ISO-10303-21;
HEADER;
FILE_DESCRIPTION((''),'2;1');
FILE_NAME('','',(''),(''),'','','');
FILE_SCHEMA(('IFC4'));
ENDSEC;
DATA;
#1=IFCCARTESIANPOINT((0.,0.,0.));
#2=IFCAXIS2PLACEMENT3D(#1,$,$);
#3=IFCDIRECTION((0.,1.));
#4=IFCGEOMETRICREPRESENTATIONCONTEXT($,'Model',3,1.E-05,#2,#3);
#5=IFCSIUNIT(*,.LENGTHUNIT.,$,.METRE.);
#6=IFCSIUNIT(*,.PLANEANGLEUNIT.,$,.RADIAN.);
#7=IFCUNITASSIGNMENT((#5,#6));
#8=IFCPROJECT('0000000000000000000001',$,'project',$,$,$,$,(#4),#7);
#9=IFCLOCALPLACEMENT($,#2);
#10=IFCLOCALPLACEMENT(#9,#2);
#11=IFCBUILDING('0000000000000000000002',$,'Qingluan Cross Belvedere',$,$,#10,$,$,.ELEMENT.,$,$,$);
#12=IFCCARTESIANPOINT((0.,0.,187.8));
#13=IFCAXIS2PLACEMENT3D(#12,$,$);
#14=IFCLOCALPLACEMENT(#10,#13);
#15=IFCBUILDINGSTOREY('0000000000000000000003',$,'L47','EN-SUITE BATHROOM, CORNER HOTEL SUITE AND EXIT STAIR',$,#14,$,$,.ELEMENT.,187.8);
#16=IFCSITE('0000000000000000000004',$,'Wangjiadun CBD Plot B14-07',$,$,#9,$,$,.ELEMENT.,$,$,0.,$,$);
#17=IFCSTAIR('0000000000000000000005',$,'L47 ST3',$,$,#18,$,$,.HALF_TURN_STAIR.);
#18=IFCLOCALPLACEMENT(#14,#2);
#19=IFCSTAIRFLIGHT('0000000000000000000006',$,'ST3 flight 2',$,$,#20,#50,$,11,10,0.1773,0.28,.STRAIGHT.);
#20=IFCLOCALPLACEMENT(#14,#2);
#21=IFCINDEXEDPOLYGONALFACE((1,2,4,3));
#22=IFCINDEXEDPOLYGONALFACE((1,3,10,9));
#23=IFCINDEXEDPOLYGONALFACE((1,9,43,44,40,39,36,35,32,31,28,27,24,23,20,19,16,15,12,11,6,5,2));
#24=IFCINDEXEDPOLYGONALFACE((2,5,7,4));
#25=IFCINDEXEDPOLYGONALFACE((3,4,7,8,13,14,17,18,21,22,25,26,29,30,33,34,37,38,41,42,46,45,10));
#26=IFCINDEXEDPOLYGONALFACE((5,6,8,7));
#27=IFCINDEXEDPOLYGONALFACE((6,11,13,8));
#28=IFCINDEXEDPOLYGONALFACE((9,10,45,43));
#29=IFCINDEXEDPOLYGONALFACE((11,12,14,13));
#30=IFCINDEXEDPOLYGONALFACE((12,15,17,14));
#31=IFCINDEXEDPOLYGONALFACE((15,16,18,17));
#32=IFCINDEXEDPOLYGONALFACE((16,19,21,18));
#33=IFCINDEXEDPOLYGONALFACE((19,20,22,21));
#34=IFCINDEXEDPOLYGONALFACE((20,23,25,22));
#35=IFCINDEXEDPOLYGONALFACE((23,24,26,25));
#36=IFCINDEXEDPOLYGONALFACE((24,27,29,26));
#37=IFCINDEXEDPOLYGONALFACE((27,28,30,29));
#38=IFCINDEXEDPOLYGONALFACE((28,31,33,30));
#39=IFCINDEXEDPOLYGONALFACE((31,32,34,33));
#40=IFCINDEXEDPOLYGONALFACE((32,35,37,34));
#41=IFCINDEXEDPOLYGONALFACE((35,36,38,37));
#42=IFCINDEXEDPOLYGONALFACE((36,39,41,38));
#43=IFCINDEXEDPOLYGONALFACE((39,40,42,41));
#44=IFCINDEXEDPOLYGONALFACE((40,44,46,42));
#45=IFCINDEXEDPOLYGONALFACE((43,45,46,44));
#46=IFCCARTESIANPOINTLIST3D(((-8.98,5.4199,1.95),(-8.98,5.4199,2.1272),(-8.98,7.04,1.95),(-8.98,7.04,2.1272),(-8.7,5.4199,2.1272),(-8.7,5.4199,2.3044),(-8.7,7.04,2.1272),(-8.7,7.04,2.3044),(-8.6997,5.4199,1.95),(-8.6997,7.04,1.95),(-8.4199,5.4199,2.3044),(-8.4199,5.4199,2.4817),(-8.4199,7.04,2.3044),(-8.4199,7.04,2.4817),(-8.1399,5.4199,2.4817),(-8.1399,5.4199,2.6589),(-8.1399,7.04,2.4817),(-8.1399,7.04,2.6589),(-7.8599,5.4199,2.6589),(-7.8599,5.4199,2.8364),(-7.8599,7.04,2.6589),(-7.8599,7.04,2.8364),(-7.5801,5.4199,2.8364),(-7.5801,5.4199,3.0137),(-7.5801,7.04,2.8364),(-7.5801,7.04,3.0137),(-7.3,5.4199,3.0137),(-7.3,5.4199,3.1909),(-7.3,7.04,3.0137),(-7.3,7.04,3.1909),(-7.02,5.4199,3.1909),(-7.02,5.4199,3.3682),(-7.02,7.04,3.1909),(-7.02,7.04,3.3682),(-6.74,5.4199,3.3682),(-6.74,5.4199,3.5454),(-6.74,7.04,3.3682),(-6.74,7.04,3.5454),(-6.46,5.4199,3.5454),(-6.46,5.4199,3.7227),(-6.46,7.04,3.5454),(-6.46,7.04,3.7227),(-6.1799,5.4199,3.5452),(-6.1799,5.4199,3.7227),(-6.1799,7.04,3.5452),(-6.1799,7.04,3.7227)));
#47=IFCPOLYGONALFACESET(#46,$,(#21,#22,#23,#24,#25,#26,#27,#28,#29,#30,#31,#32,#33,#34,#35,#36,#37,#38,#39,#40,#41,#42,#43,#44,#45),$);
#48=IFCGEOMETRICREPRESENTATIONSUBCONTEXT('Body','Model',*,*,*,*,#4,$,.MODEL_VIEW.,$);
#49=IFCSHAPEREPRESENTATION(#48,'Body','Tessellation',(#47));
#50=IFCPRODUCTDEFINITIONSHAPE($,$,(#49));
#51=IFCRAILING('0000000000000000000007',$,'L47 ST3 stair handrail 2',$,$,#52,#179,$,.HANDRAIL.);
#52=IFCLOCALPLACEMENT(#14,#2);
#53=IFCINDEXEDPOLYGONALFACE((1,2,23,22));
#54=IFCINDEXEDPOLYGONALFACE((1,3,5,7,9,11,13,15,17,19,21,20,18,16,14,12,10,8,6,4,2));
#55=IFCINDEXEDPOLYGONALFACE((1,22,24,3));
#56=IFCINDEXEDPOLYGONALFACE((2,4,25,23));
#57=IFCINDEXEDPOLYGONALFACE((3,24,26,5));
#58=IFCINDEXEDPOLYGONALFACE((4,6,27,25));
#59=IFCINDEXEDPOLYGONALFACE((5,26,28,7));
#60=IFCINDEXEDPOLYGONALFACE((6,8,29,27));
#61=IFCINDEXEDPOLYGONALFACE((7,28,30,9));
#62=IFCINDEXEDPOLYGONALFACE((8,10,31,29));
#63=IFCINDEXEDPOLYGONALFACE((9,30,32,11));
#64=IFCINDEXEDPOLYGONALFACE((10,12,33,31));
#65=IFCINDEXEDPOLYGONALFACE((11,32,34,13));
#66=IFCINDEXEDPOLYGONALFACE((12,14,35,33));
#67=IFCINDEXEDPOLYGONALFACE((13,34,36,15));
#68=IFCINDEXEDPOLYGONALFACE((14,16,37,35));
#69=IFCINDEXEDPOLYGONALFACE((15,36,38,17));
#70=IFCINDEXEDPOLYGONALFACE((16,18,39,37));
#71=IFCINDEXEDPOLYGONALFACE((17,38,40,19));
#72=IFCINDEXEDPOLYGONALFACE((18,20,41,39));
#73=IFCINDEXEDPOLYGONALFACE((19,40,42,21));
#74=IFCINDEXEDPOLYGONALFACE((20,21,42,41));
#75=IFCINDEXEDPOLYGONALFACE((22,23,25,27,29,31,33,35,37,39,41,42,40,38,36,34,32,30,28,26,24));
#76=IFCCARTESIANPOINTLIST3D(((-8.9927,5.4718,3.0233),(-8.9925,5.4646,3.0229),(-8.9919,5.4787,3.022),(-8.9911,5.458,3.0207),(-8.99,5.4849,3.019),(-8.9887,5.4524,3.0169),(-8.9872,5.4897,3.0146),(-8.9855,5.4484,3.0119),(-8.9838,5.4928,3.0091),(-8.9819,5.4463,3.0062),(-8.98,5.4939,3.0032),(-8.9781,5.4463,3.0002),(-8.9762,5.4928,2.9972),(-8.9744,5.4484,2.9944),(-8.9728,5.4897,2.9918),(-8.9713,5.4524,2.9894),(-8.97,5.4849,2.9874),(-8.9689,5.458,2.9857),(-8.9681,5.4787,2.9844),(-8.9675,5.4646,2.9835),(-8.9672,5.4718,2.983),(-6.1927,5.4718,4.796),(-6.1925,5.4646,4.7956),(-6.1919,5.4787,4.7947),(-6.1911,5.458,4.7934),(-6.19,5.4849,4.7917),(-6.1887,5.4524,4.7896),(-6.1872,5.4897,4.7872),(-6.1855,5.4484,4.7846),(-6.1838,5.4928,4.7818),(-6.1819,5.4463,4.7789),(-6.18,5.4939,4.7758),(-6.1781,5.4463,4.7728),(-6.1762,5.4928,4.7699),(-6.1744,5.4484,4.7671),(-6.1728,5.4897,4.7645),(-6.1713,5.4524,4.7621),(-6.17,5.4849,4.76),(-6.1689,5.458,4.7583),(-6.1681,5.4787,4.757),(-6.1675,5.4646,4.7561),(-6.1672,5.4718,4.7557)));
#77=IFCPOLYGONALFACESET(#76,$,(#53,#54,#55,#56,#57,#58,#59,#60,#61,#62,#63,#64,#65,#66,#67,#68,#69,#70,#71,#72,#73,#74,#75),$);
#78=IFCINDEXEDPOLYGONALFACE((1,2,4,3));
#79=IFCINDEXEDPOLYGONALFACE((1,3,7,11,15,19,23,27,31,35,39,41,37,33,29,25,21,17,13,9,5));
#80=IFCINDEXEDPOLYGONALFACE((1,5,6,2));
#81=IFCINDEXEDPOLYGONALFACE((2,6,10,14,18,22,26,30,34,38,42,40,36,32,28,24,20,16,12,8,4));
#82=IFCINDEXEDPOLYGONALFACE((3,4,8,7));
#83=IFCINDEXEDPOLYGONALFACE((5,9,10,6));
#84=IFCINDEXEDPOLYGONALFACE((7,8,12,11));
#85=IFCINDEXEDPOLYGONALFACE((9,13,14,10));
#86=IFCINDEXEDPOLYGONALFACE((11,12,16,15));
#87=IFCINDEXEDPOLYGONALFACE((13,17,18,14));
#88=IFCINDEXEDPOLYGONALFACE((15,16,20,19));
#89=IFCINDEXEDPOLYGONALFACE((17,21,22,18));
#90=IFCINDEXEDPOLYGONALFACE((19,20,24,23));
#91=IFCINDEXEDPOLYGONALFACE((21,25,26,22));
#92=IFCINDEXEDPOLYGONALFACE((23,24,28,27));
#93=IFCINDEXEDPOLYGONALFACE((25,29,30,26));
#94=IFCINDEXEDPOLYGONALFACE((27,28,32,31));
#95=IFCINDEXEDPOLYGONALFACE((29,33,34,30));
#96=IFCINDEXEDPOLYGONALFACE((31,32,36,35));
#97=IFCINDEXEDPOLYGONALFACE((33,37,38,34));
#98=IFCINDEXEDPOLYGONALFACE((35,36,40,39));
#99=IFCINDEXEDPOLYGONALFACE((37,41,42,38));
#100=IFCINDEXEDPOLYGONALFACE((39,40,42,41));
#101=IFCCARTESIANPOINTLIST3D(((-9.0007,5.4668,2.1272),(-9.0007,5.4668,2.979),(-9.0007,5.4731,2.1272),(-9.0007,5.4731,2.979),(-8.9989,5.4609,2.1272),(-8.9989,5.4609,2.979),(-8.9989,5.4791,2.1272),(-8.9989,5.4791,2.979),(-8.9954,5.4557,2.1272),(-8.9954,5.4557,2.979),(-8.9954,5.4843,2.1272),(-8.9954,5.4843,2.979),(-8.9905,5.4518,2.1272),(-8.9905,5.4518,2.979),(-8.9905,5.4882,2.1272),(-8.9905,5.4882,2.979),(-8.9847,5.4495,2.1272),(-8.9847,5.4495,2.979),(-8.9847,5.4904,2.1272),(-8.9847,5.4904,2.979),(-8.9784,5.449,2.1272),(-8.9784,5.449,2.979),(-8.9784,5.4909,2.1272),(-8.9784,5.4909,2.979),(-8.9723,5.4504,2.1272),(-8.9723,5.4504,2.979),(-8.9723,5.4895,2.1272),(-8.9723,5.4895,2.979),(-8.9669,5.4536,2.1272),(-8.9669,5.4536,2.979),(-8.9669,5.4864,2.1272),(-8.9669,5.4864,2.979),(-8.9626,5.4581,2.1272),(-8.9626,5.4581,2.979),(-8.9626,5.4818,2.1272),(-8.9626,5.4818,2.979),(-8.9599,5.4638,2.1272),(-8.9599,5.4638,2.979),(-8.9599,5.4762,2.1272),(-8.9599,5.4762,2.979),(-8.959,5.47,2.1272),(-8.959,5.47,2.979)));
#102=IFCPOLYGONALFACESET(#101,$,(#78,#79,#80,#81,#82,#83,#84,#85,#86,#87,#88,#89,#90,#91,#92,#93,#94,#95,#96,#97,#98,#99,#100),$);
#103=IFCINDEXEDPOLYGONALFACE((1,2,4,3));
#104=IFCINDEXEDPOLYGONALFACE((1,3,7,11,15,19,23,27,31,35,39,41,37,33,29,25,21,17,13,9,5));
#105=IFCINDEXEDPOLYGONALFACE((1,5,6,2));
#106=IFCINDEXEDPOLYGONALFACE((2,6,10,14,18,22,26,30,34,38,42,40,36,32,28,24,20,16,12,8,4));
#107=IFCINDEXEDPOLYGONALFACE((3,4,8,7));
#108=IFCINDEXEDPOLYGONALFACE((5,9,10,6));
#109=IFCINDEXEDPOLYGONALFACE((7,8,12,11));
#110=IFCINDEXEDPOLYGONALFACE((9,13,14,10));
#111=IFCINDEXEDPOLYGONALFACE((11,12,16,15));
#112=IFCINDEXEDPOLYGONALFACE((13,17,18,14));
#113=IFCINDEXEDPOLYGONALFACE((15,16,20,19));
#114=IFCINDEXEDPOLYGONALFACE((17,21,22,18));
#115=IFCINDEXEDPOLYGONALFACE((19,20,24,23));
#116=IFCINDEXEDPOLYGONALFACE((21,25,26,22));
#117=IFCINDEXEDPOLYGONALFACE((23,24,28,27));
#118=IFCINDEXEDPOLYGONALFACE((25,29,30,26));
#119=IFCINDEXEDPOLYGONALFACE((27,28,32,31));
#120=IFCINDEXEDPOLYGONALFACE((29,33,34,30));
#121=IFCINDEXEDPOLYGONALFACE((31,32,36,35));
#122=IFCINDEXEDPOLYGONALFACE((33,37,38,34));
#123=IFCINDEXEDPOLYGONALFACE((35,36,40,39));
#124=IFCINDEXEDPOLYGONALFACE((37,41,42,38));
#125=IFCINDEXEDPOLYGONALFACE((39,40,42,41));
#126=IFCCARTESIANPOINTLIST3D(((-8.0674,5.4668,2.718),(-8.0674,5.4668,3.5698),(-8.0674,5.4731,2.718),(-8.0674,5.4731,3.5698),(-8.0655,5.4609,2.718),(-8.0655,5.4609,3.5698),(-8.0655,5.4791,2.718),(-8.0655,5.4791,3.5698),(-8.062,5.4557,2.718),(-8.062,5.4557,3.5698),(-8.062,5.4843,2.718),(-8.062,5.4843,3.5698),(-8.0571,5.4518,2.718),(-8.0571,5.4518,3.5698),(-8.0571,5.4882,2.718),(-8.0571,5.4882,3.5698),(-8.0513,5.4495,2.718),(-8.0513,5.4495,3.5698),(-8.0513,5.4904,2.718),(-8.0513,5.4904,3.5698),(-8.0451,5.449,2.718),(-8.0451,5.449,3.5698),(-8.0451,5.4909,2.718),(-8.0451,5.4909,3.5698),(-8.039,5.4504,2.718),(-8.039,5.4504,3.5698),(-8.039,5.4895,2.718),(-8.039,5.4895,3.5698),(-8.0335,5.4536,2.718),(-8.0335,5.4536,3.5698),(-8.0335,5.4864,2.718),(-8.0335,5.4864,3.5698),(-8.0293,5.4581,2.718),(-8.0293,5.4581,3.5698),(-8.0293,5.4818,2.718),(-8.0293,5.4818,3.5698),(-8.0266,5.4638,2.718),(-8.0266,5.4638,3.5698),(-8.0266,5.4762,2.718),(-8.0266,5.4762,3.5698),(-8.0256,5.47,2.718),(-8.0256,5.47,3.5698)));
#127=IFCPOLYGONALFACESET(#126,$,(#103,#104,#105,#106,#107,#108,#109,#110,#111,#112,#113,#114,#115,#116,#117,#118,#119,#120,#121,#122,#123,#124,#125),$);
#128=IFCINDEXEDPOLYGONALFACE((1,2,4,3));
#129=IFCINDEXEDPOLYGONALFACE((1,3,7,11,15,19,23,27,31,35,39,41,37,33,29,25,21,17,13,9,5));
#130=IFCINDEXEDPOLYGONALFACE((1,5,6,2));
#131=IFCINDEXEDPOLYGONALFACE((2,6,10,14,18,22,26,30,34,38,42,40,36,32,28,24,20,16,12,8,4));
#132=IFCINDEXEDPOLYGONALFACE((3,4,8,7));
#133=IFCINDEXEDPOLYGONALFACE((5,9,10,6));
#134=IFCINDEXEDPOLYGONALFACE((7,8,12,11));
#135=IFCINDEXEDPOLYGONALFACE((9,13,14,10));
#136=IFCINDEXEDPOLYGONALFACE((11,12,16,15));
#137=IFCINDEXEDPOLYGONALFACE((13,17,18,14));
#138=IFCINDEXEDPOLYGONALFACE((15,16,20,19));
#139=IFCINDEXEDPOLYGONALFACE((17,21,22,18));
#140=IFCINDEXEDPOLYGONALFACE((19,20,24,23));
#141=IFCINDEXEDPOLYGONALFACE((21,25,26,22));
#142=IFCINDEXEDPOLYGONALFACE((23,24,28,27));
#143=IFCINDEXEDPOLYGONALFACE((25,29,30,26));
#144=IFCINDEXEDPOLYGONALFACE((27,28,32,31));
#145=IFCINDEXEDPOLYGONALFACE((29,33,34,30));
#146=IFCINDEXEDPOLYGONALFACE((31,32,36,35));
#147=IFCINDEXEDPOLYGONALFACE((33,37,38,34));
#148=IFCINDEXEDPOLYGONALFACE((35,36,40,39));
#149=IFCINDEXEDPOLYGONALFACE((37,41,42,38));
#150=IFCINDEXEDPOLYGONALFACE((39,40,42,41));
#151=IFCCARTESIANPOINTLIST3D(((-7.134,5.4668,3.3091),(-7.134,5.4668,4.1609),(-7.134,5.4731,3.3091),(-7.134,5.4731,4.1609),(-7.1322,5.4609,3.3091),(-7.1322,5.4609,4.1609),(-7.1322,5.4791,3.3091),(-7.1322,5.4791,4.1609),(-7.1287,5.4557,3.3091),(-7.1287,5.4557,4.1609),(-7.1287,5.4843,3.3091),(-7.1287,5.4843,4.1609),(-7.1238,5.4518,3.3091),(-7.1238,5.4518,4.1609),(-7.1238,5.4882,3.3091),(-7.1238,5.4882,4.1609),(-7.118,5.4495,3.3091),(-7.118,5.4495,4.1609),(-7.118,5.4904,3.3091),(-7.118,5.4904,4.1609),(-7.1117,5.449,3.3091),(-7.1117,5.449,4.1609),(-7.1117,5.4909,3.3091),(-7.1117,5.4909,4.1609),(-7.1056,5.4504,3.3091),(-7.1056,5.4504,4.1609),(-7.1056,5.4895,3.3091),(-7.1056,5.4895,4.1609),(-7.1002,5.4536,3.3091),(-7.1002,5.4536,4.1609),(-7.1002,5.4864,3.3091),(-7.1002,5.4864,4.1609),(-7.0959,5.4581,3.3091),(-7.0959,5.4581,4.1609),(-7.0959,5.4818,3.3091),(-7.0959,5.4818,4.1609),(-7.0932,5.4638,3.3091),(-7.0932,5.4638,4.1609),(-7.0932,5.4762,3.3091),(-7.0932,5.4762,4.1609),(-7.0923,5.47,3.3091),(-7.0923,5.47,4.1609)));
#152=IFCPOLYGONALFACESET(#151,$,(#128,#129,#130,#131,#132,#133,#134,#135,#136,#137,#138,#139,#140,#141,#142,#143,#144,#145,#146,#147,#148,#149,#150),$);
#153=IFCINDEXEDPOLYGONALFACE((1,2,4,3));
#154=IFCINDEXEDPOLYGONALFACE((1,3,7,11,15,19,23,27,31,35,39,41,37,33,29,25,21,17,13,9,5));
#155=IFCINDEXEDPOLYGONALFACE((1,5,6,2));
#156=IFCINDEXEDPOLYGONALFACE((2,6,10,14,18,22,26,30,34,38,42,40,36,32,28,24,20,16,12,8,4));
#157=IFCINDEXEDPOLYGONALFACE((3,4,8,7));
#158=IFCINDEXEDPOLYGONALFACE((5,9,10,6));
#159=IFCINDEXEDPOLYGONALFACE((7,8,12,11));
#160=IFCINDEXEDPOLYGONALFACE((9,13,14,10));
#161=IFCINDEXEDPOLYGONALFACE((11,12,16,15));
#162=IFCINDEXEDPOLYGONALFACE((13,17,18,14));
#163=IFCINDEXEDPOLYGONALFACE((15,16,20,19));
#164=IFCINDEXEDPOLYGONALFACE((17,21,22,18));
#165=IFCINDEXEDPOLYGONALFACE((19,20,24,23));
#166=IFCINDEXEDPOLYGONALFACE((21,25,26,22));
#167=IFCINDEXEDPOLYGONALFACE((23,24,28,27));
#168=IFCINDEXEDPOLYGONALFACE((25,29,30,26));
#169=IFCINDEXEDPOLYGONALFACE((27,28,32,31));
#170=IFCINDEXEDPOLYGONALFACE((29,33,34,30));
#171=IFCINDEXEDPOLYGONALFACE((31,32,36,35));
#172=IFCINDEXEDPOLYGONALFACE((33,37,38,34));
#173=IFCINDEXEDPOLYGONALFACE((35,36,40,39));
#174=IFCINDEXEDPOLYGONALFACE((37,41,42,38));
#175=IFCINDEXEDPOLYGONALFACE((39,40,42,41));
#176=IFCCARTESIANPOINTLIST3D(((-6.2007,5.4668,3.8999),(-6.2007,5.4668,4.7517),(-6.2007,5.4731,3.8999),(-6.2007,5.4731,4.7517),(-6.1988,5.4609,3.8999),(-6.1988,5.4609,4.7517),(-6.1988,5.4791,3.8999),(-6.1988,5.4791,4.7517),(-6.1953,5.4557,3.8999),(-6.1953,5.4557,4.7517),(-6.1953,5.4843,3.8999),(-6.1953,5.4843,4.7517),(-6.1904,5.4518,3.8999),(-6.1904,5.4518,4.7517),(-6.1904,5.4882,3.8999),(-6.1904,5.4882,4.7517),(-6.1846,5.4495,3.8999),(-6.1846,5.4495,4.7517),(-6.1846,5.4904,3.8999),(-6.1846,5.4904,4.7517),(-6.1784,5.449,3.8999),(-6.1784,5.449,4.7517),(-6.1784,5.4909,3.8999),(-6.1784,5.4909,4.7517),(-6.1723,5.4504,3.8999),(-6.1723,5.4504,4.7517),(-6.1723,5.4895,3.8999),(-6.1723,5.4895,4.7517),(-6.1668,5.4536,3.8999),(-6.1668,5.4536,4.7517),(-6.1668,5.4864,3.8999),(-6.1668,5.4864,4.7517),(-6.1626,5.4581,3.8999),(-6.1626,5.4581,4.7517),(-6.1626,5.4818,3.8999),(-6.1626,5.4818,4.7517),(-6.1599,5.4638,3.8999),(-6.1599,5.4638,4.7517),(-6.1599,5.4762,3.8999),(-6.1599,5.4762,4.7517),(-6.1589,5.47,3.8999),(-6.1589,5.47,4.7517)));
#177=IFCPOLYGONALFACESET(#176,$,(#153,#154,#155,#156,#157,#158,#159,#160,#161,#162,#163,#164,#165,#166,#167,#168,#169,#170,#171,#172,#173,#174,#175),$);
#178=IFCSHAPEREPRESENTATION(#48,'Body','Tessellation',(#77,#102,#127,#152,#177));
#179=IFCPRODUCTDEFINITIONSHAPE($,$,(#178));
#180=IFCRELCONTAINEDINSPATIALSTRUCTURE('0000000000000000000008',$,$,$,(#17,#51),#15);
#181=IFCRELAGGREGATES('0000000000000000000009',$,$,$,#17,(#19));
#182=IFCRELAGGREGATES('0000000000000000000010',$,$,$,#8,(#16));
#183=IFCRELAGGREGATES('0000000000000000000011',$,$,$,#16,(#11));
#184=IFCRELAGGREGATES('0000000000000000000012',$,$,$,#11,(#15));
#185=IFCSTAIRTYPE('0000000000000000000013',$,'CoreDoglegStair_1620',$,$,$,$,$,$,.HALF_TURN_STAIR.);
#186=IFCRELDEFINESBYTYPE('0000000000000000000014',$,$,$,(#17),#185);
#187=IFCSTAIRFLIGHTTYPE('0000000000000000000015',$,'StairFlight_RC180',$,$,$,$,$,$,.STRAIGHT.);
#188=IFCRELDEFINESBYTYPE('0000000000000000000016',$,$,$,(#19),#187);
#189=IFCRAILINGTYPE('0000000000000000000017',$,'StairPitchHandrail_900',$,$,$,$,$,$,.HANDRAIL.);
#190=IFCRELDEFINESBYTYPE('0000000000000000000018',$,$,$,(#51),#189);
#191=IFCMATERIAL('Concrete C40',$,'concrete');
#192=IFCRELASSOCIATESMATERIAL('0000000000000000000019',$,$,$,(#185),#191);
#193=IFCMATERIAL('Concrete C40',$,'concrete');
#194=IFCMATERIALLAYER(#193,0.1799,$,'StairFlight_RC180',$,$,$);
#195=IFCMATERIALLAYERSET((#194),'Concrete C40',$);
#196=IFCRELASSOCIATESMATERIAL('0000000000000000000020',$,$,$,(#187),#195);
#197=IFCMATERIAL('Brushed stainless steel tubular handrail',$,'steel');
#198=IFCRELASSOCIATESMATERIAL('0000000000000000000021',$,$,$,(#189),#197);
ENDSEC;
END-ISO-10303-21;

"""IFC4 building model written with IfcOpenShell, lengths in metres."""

from ifc_helpers import new_model, si_unit, direction, frame, origin, origin_2d, place, context, subcontext, project, spatial, polyline, circle, outline, extrude, material, layer, layer_set, type_object, element, aggregate, save


model = new_model("IFC4")

# Units and contexts
model_context = context("Model", 3, precision=1e-05, world=origin(), true_north=direction((0.0, 1.0)))
body_context = subcontext(model_context, "Body", "Model", "MODEL_VIEW")
ifc_project = project(units=[si_unit("LENGTHUNIT", "METRE"), si_unit("PLANEANGLEUNIT", "RADIAN")], contexts=[model_context])

# Site, building, storey
site_placement = place(None, origin())
site = spatial("IfcSite", under=ifc_project, at=site_placement, Name="Wangjiadun CBD Plot B14-07", CompositionType="ELEMENT", RefElevation=0.0)
building_placement = place(site_placement, origin())
building = spatial("IfcBuilding", under=site, at=building_placement, Name="Qingluan Cross Belvedere", CompositionType="ELEMENT")
storey_placement = place(building_placement, frame((0.0, 0.0, 187.8)))
storey = spatial("IfcBuildingStorey", under=building, at=storey_placement, Name="L47", Description="EN-SUITE BATHROOM, CORNER HOTEL SUITE AND EXIT STAIR", CompositionType="ELEMENT", Elevation=187.8)

# Stair, stair flight
ifc_material_1 = material(Name="Concrete C40", Category="concrete")
stair_type = type_object("IfcStairType", Name="CoreDoglegStair_1620", PredefinedType="HALF_TURN_STAIR", material=ifc_material_1)
stair_placement = place(storey_placement, origin())
stair = element("IfcStair", 1, at=stair_placement, inside=storey, type_object=stair_type, Name="L47 ST3", PredefinedType="HALF_TURN_STAIR")
ifc_material_2 = material(Name="Concrete C40", Category="concrete")
ifc_layer_1 = layer(ifc_material_2, 0.1799, Name="StairFlight_RC180")
ifc_layer_set_1 = layer_set([ifc_layer_1], Name="Concrete C40")
stair_flight_type = type_object("IfcStairFlightType", Name="StairFlight_RC180", PredefinedType="STRAIGHT", material=ifc_layer_set_1)
stair_flight_1_placement = place(storey_placement, frame((-8.98, 6.23, 1.95), z_axis=(0.0, 0.0, 1.0), x_axis=(1.0, 0.0, 0.0)))
stair_flight_1 = element("IfcStairFlight", 2, at=stair_flight_1_placement, type_object=stair_flight_type, Name="ST3 flight 2", NumberOfRisers=11, NumberOfTreads=10, PredefinedType="STRAIGHT", RiserHeight=0.1773, TreadLength=0.28, context=body_context, shape_type="SweptSolid", body=[
    extrude(outline(polyline([(0.0, 0.0), (0.0, 0.1772), (0.28, 0.1772), (0.28, 0.3545), (0.5601, 0.3545), (0.5601, 0.5317), (0.8401, 0.5317), (0.8401, 0.709), (1.1201, 0.709), (1.1201, 0.8865), (1.3999, 0.8865), (1.3999, 1.0637), (1.6799, 1.0637), (1.6799, 1.241), (1.96, 1.241), (1.96, 1.4182), (2.24, 1.4182), (2.24, 1.5955), (2.52, 1.5955), (2.52, 1.7727), (2.8, 1.7727), (2.8, 1.95), (2.8, 1.5952), (0.2803, 0.0), (0.0, 0.0)])), frame((0.0, 0.8101, 0.0), z_axis=(0.0, -1.0, 0.0), x_axis=(1.0, 0.0, 0.0)), (0.0, 0.0, 1.0), 1.6201),
])
aggregate(stair, [stair_flight_1])

# Railing
ifc_material_3 = material(Name="Brushed stainless steel tubular handrail", Category="steel")
railing_type_1 = type_object("IfcRailingType", Name="StairPitchHandrail_900", PredefinedType="HANDRAIL", material=ifc_material_3)
railing_1_placement = place(storey_placement, frame((-8.98, 5.47, 2.1272)))
element("IfcRailing", 3, at=railing_1_placement, inside=storey, type_object=railing_type_1, Name="L47 ST3 stair handrail 2", PredefinedType="HANDRAIL", context=body_context, shape_type="SweptSolid", body=[
    extrude(circle(Radius=0.0239, at=origin_2d()), frame((0.0, 0.0, 0.876), z_axis=(0.844909, 0.0, 0.53491), x_axis=(0.0, 1.0, 0.0)), (0.0, 0.0, 1.0), 3.314),
    extrude(circle(Radius=0.021, at=origin_2d()), origin(), (0.0, 0.0, 1.0), 0.8518),
    extrude(circle(Radius=0.021, at=origin_2d()), frame((0.9333, 0.0, 0.5908)), (0.0, 0.0, 1.0), 0.8518),
    extrude(circle(Radius=0.021, at=origin_2d()), frame((1.8667, 0.0, 1.1819)), (0.0, 0.0, 1.0), 0.8518),
    extrude(circle(Radius=0.021, at=origin_2d()), frame((2.8, 0.0, 1.7727)), (0.0, 0.0, 1.0), 0.8518),
])

save(model, "model.ifc")
